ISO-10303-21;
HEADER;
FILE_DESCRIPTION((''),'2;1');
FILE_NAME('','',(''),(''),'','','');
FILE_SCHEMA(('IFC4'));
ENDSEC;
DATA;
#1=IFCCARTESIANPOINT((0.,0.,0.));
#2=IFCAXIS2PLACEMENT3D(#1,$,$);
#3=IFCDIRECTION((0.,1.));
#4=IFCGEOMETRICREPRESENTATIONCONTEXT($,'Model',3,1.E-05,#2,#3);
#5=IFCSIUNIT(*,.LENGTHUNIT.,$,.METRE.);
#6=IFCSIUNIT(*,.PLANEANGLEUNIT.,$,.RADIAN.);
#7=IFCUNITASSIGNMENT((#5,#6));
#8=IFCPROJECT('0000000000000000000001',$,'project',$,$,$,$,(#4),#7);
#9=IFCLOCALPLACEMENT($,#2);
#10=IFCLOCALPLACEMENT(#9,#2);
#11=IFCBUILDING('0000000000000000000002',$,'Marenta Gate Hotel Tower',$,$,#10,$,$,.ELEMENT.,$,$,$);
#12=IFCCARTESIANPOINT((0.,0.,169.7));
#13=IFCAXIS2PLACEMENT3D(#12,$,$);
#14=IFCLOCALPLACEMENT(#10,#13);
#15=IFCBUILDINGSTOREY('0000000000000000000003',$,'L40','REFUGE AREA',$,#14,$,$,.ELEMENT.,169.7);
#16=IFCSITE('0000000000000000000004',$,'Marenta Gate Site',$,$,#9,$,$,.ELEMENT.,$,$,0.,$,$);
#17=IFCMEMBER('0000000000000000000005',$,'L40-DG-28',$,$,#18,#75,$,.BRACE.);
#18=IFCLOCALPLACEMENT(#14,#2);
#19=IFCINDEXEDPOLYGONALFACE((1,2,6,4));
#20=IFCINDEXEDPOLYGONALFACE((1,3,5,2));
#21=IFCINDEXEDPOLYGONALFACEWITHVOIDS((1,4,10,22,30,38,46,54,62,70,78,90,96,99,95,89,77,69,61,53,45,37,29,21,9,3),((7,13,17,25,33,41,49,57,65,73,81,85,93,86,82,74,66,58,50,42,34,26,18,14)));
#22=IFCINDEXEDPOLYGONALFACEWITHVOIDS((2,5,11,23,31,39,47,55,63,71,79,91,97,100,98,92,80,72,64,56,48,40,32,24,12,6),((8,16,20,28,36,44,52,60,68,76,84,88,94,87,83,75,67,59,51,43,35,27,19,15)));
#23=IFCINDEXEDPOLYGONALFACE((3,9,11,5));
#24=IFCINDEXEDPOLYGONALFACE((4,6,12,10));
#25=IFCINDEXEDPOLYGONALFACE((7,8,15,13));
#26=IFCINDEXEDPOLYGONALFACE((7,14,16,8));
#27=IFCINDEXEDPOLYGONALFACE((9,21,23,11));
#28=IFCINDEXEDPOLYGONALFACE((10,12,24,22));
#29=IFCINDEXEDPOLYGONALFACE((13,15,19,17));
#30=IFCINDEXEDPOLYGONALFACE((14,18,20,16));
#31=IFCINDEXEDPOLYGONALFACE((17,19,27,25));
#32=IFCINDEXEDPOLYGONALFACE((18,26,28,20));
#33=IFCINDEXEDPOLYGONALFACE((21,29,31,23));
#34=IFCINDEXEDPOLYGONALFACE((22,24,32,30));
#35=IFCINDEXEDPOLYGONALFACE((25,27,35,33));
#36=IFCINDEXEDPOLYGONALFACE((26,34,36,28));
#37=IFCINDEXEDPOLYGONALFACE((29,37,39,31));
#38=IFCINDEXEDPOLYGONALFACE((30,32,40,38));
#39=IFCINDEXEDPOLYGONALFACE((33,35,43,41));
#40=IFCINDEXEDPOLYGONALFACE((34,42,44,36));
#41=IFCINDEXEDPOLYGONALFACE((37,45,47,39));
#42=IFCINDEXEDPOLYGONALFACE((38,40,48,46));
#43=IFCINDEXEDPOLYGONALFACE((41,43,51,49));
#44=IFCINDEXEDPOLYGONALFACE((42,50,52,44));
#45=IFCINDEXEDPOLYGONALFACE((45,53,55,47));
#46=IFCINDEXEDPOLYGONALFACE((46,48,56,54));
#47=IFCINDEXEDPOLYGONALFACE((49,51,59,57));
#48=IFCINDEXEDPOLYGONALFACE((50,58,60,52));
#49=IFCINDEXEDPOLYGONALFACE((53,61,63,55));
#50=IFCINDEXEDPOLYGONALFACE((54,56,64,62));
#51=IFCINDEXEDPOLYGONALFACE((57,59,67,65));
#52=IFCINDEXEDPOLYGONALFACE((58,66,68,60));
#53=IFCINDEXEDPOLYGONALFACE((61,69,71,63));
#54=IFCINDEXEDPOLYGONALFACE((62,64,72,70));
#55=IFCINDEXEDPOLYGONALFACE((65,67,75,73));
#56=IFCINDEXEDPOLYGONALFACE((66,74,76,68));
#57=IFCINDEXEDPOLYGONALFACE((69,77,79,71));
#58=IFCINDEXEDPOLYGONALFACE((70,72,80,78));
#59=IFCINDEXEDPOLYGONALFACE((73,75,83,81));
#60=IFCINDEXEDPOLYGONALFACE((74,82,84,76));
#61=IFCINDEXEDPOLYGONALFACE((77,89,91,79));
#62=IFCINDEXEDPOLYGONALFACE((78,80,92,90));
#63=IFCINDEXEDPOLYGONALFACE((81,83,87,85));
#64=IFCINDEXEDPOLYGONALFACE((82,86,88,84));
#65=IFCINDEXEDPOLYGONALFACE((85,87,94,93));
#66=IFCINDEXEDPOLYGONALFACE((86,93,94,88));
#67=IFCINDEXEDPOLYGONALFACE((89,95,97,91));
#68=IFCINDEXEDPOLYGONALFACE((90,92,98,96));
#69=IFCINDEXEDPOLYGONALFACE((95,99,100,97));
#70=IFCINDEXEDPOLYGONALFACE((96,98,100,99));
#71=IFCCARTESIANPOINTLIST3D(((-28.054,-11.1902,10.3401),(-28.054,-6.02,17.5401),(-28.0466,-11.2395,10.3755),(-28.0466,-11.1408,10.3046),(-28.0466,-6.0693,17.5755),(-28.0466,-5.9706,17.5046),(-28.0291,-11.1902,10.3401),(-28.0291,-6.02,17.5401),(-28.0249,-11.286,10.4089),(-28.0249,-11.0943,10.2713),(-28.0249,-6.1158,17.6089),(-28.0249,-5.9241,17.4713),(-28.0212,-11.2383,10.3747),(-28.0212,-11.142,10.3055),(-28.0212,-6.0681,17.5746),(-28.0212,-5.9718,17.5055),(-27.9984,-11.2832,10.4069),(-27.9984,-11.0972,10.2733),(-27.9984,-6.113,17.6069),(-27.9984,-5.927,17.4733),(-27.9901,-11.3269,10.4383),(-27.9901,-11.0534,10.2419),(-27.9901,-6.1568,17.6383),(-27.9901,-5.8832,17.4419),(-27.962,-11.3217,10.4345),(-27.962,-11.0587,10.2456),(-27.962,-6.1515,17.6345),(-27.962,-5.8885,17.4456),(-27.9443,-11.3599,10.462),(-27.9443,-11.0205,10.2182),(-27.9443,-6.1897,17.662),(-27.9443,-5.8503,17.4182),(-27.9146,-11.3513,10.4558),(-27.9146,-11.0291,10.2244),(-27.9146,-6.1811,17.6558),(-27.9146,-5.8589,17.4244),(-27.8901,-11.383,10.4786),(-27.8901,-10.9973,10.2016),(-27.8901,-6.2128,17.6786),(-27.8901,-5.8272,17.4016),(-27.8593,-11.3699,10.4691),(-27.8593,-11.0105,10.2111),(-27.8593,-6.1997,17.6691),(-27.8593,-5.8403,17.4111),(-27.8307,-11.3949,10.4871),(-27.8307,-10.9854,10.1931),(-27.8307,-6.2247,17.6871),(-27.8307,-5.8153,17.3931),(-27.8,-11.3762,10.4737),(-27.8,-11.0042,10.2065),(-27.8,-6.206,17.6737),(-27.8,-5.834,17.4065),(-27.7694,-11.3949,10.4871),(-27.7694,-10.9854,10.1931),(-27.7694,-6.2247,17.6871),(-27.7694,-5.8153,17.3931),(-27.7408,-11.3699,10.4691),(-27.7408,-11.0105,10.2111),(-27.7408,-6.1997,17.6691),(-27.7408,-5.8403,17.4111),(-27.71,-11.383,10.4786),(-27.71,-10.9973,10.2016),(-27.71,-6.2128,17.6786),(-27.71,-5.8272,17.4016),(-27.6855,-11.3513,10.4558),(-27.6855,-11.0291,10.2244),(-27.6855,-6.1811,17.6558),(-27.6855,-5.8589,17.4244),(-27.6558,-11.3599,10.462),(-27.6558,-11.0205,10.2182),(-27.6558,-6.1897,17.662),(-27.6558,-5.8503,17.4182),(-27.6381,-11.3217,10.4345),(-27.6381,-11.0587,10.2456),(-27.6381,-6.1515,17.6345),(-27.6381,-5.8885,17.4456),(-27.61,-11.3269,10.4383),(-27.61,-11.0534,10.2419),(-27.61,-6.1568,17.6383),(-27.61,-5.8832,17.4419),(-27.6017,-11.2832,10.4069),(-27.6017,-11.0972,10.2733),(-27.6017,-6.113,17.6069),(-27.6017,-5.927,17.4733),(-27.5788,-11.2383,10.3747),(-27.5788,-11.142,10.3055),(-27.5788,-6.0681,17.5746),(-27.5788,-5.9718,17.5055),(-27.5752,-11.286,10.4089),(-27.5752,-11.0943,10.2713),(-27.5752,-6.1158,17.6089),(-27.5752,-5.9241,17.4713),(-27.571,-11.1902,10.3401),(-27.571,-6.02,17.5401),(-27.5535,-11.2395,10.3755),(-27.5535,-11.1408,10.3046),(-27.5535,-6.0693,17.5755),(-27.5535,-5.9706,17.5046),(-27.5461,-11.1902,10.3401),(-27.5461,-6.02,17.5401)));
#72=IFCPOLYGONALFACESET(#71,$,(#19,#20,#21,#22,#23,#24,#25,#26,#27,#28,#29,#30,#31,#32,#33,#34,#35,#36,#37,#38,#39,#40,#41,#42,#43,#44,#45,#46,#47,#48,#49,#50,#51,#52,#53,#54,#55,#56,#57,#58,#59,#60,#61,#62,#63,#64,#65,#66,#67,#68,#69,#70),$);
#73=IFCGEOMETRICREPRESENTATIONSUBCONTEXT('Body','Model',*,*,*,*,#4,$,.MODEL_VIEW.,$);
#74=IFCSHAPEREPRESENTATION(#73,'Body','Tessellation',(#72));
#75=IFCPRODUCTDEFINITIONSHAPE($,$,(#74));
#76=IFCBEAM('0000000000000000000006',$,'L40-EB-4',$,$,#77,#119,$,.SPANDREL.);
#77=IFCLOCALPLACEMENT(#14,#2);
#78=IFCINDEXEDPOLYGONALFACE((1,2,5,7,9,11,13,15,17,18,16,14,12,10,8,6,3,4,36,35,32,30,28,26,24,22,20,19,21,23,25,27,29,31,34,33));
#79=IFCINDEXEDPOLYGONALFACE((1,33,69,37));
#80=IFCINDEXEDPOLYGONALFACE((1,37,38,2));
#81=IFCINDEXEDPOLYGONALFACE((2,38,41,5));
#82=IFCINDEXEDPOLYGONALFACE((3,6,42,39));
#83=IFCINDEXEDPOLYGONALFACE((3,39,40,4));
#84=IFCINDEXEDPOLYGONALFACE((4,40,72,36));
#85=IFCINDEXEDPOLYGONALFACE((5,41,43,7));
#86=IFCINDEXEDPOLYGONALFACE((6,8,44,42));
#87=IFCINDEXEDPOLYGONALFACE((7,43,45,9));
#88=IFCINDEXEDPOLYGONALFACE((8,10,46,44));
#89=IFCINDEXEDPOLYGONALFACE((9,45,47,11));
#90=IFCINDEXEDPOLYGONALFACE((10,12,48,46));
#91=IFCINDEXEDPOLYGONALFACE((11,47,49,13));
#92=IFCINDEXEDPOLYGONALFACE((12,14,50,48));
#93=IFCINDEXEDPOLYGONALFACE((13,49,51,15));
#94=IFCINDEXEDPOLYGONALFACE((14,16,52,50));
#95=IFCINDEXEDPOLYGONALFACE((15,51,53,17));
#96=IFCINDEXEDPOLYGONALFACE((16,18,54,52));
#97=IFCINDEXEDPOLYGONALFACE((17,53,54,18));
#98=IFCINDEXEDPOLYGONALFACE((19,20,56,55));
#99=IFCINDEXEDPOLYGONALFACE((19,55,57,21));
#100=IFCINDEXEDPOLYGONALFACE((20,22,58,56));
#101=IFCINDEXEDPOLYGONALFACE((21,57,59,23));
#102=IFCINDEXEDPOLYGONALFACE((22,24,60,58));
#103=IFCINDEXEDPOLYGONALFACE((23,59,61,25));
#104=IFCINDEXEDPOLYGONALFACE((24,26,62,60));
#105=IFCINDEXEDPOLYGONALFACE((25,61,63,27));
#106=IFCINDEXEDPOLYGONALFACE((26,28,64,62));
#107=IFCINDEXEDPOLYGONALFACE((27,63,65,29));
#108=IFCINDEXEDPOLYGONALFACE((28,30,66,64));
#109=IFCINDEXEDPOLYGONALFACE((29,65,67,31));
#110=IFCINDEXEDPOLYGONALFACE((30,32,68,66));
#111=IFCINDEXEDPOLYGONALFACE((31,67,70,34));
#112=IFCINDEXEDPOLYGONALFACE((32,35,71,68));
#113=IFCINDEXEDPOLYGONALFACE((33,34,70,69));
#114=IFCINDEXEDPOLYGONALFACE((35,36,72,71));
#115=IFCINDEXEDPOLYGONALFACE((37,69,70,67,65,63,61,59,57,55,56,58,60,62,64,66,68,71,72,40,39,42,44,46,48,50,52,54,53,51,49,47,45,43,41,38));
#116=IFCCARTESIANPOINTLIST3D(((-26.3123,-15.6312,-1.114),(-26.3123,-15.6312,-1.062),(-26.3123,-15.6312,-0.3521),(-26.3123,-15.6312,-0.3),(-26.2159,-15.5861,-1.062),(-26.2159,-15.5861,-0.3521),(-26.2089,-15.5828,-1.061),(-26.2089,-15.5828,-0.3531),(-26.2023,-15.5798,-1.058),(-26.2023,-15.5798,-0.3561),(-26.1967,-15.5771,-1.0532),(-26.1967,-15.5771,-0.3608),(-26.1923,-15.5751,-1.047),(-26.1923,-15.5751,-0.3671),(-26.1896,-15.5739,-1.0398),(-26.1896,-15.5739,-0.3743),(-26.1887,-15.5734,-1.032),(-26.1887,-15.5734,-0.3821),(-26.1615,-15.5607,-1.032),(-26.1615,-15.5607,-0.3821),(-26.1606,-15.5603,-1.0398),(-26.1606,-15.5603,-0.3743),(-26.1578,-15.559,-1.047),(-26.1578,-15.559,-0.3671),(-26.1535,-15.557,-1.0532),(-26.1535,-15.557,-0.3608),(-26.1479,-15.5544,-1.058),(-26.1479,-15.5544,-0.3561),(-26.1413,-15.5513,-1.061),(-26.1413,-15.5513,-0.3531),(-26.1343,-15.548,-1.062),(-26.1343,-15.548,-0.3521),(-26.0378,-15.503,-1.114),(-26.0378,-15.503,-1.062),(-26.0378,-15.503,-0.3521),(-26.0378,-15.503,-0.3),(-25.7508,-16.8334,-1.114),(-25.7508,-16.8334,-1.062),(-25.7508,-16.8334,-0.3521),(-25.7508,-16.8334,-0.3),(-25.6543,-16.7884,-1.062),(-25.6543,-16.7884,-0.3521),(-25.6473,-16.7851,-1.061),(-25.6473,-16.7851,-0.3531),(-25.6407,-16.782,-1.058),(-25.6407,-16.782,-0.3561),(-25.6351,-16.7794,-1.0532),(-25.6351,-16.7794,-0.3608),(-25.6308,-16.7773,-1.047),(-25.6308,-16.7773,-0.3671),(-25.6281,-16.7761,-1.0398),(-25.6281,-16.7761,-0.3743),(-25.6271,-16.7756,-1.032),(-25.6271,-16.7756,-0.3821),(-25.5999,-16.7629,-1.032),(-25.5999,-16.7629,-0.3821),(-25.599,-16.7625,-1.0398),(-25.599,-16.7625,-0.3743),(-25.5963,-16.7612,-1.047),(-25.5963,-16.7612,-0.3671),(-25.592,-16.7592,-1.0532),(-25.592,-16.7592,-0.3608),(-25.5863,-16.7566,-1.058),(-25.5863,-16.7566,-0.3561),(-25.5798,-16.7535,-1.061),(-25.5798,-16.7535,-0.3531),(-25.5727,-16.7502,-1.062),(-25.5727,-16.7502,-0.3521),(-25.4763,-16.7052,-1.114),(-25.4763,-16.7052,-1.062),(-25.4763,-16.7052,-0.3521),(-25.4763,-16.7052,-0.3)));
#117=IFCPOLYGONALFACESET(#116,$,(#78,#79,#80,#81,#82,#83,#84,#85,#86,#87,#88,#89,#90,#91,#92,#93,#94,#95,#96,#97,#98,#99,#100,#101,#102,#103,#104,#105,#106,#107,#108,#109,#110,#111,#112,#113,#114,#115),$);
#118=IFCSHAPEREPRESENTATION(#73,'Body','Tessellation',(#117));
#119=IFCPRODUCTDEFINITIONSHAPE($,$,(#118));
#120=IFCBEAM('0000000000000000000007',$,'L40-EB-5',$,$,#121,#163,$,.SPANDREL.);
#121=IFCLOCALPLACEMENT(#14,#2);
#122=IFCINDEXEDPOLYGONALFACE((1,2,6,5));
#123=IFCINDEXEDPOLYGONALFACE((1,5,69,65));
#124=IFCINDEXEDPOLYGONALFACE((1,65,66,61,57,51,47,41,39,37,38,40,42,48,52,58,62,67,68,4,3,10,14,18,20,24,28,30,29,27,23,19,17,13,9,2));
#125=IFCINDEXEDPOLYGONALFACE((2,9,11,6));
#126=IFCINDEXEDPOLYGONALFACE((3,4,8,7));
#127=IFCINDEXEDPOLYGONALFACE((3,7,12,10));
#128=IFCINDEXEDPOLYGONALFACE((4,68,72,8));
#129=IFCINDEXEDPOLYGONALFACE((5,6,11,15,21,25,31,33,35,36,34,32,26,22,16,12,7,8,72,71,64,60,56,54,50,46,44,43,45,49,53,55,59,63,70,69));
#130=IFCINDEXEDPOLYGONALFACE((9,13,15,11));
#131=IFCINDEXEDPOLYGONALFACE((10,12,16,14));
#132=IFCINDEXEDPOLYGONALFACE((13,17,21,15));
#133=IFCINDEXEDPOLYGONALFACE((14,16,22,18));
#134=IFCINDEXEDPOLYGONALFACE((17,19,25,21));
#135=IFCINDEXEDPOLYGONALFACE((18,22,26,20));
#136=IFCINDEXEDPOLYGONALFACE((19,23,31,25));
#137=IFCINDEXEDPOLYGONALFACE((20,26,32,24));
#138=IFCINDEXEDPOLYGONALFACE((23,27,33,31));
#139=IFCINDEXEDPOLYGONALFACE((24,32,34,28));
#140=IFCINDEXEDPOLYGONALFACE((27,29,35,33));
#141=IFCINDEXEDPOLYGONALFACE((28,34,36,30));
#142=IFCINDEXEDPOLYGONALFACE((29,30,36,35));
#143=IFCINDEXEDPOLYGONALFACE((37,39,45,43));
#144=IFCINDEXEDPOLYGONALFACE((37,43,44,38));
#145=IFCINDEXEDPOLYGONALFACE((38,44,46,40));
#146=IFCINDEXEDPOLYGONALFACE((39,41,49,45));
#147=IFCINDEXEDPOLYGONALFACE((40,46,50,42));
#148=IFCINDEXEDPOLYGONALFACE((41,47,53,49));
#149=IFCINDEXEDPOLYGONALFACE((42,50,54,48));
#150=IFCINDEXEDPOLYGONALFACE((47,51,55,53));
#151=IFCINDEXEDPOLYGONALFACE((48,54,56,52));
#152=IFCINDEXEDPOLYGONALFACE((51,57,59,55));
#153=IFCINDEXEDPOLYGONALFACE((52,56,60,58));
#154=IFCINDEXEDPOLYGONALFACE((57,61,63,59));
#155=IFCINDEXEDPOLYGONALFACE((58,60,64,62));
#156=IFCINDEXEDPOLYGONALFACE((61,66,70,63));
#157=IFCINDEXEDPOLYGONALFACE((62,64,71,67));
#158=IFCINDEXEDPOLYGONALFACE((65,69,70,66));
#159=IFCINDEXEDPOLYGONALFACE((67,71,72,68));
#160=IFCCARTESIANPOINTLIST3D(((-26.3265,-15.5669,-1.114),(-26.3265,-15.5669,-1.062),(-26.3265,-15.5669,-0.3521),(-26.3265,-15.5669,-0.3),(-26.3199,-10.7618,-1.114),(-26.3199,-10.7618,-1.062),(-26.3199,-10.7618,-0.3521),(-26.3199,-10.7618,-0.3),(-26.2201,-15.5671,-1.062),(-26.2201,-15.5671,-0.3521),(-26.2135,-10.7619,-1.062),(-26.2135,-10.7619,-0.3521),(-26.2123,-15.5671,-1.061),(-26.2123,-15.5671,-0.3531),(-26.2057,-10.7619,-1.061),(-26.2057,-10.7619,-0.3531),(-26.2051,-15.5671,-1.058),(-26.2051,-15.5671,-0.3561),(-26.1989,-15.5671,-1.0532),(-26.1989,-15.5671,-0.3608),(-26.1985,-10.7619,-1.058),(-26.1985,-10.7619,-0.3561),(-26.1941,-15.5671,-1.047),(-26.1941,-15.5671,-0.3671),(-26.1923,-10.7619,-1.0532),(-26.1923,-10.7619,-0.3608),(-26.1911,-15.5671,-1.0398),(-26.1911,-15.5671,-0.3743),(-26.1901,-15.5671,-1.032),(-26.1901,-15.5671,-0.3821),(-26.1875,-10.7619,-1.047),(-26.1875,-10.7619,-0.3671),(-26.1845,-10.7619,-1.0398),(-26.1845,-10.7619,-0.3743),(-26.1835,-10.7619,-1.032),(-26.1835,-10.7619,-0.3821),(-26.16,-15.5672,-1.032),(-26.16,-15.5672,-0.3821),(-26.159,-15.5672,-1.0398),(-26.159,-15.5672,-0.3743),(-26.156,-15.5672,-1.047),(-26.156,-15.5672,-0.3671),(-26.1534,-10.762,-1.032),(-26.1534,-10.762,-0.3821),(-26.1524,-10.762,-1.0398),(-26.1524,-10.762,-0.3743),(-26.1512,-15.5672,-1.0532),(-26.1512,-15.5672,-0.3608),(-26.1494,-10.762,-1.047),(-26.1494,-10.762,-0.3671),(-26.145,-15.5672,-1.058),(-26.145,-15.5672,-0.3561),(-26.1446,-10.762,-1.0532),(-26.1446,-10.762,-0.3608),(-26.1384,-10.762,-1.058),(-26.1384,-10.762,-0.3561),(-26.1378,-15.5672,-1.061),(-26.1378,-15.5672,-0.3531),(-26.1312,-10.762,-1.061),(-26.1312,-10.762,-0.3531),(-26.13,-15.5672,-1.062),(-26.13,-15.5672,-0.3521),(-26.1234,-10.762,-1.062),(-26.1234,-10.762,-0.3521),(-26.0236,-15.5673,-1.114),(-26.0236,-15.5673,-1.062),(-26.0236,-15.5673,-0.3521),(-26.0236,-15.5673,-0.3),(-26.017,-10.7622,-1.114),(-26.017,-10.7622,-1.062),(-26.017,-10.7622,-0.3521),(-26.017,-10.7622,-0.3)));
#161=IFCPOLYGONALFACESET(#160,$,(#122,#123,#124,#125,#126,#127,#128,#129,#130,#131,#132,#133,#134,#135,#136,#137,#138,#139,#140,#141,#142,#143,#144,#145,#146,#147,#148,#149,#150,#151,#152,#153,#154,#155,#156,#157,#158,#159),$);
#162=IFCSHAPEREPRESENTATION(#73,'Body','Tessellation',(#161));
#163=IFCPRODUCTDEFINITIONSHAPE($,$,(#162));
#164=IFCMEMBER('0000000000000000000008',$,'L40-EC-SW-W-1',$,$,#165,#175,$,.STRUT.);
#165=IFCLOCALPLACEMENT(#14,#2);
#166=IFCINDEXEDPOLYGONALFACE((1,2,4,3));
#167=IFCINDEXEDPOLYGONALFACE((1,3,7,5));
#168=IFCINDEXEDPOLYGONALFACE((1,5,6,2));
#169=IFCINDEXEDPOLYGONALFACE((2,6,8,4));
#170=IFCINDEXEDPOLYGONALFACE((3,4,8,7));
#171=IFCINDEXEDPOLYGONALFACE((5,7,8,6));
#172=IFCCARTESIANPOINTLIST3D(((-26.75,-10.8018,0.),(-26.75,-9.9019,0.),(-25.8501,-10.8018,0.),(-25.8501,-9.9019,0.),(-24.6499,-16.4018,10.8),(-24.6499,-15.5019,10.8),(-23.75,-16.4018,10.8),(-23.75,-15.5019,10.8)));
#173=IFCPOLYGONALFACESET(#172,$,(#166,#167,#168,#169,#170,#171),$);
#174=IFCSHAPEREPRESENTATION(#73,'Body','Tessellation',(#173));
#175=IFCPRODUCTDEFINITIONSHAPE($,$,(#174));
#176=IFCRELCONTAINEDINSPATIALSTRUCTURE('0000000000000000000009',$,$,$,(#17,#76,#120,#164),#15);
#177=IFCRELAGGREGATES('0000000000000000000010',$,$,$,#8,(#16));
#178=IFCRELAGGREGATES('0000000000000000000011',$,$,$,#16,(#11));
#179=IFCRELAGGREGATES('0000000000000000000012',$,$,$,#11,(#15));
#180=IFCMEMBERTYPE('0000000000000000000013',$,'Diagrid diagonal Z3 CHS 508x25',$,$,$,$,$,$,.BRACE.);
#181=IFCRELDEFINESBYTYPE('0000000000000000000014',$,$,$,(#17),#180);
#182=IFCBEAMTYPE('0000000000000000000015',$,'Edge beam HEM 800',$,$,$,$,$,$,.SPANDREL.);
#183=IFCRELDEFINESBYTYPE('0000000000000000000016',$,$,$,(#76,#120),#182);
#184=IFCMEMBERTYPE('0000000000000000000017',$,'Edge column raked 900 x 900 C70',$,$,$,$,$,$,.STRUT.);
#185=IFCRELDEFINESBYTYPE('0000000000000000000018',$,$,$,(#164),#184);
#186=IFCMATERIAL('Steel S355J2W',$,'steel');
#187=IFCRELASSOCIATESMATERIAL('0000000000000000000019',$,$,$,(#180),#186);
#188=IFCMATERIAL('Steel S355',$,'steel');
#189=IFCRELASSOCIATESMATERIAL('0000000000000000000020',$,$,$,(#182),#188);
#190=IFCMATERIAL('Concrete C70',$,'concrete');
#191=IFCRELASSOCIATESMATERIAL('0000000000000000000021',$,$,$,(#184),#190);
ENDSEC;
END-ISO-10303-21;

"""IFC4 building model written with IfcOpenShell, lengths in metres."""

from ifc_helpers import new_model, si_unit, direction, frame, origin, origin_2d, place, context, subcontext, project, spatial, rectangle, hollow_circle, i_section, extrude, material, material_profile, profile_set, type_object, element, save


model = new_model("IFC4")

# Units and contexts
model_context = context("Model", 3, precision=1e-05, world=origin(), true_north=direction((0.0, 1.0)))
body_context = subcontext(model_context, "Body", "Model", "MODEL_VIEW")
ifc_project = project(units=[si_unit("LENGTHUNIT", "METRE"), si_unit("PLANEANGLEUNIT", "RADIAN")], contexts=[model_context])

# Site, building, storey
site_placement = place(None, origin())
site = spatial("IfcSite", under=ifc_project, at=site_placement, Name="Marenta Gate Site", CompositionType="ELEMENT", RefElevation=0.0)
building_placement = place(site_placement, origin())
building = spatial("IfcBuilding", under=site, at=building_placement, Name="Marenta Gate Hotel Tower", CompositionType="ELEMENT")
storey_placement = place(building_placement, frame((0.0, 0.0, 169.7)))
storey = spatial("IfcBuildingStorey", under=building, at=storey_placement, Name="L40", Description="REFUGE AREA", CompositionType="ELEMENT", Elevation=169.7)

# Member
ifc_material_1 = material(Name="Steel S355J2W", Category="steel")
ifc_material_profile_1 = material_profile(ifc_material_1, hollow_circle(Radius=0.2539, WallThickness=0.0249, at=origin_2d()), Name="CHS 508x25")
ifc_profile_set_1 = profile_set([ifc_material_profile_1], Name="Steel S355J2W")
member_type_1 = type_object("IfcMemberType", Name="Diagrid diagonal Z3 CHS 508x25", PredefinedType="BRACE", material=ifc_profile_set_1)
member_1_placement = place(storey_placement, frame((-27.8, -11.1902, 10.3401), z_axis=(0.0, 0.583279, 0.812272), x_axis=(-1.0, 0.0, 0.0)))
element("IfcMember", 1, at=member_1_placement, inside=storey, type_object=member_type_1, Name="L40-DG-28", PredefinedType="BRACE", context=body_context, shape_type="SweptSolid", body=[
    extrude(hollow_circle(Radius=0.2539, WallThickness=0.0249, at=origin_2d()), origin(), (0.0, 0.0, 1.0), 8.864),
])

# Beams
ifc_material_2 = material(Name="Steel S355", Category="steel")
ifc_material_profile_2 = material_profile(ifc_material_2, i_section(OverallWidth=0.303, OverallDepth=0.814, WebThickness=0.03, FlangeThickness=0.052, FilletRadius=0.03, at=origin_2d()), Name="HEM 800")
ifc_profile_set_2 = profile_set([ifc_material_profile_2], Name="Steel S355")
beam_type_1 = type_object("IfcBeamType", Name="Edge beam HEM 800", PredefinedType="SPANDREL", material=ifc_profile_set_2)
beam_1_placement = place(storey_placement, frame((-25.6135, -16.7693, -0.707), z_axis=(-0.423208, 0.906033, 0.0), x_axis=(-0.906033, -0.423208, 0.0)))
element("IfcBeam", 2, at=beam_1_placement, inside=storey, type_object=beam_type_1, Name="L40-EB-4", PredefinedType="SPANDREL", context=body_context, shape_type="SweptSolid", body=[
    extrude(i_section(OverallWidth=0.303, OverallDepth=0.814, WebThickness=0.03, FlangeThickness=0.052, FilletRadius=0.03, at=origin_2d()), origin(), (0.0, 0.0, 1.0), 1.3269),
])
beam_2_placement = place(storey_placement, frame((-26.175, -15.5671, -0.707), z_axis=(0.001372, 0.999999, 0.0), x_axis=(-0.999999, 0.001372, 0.0)))
element("IfcBeam", 3, at=beam_2_placement, inside=storey, type_object=beam_type_1, Name="L40-EB-5", PredefinedType="SPANDREL", context=body_context, shape_type="SweptSolid", body=[
    extrude(i_section(OverallWidth=0.303, OverallDepth=0.814, WebThickness=0.03, FlangeThickness=0.052, FilletRadius=0.03, at=origin_2d()), origin(), (0.0, 0.0, 1.0), 4.8052),
])

# Member
ifc_material_3 = material(Name="Concrete C70", Category="concrete")
ifc_material_profile_3 = material_profile(ifc_material_3, rectangle(XDim=0.8999, YDim=0.8999, at=origin_2d()), Name="900 x 900")
ifc_profile_set_3 = profile_set([ifc_material_profile_3], Name="Concrete C70")
member_type_2 = type_object("IfcMemberType", Name="Edge column raked 900 x 900 C70", PredefinedType="STRUT", material=ifc_profile_set_3)
member_2_placement = place(storey_placement, frame((-26.3, -10.3518, 0.0), z_axis=(0.0, 0.0, 1.0), x_axis=(1.0, 0.0, 0.0)))
element("IfcMember", 4, at=member_2_placement, inside=storey, type_object=member_type_2, Name="L40-EC-SW-W-1", PredefinedType="STRUT", context=body_context, shape_type="SweptSolid", body=[
    extrude(rectangle(XDim=0.8999, YDim=0.8999, at=origin_2d()), origin(), (0.17011, -0.453613, 0.874813), 12.3455),
])

save(model, "model.ifc")
